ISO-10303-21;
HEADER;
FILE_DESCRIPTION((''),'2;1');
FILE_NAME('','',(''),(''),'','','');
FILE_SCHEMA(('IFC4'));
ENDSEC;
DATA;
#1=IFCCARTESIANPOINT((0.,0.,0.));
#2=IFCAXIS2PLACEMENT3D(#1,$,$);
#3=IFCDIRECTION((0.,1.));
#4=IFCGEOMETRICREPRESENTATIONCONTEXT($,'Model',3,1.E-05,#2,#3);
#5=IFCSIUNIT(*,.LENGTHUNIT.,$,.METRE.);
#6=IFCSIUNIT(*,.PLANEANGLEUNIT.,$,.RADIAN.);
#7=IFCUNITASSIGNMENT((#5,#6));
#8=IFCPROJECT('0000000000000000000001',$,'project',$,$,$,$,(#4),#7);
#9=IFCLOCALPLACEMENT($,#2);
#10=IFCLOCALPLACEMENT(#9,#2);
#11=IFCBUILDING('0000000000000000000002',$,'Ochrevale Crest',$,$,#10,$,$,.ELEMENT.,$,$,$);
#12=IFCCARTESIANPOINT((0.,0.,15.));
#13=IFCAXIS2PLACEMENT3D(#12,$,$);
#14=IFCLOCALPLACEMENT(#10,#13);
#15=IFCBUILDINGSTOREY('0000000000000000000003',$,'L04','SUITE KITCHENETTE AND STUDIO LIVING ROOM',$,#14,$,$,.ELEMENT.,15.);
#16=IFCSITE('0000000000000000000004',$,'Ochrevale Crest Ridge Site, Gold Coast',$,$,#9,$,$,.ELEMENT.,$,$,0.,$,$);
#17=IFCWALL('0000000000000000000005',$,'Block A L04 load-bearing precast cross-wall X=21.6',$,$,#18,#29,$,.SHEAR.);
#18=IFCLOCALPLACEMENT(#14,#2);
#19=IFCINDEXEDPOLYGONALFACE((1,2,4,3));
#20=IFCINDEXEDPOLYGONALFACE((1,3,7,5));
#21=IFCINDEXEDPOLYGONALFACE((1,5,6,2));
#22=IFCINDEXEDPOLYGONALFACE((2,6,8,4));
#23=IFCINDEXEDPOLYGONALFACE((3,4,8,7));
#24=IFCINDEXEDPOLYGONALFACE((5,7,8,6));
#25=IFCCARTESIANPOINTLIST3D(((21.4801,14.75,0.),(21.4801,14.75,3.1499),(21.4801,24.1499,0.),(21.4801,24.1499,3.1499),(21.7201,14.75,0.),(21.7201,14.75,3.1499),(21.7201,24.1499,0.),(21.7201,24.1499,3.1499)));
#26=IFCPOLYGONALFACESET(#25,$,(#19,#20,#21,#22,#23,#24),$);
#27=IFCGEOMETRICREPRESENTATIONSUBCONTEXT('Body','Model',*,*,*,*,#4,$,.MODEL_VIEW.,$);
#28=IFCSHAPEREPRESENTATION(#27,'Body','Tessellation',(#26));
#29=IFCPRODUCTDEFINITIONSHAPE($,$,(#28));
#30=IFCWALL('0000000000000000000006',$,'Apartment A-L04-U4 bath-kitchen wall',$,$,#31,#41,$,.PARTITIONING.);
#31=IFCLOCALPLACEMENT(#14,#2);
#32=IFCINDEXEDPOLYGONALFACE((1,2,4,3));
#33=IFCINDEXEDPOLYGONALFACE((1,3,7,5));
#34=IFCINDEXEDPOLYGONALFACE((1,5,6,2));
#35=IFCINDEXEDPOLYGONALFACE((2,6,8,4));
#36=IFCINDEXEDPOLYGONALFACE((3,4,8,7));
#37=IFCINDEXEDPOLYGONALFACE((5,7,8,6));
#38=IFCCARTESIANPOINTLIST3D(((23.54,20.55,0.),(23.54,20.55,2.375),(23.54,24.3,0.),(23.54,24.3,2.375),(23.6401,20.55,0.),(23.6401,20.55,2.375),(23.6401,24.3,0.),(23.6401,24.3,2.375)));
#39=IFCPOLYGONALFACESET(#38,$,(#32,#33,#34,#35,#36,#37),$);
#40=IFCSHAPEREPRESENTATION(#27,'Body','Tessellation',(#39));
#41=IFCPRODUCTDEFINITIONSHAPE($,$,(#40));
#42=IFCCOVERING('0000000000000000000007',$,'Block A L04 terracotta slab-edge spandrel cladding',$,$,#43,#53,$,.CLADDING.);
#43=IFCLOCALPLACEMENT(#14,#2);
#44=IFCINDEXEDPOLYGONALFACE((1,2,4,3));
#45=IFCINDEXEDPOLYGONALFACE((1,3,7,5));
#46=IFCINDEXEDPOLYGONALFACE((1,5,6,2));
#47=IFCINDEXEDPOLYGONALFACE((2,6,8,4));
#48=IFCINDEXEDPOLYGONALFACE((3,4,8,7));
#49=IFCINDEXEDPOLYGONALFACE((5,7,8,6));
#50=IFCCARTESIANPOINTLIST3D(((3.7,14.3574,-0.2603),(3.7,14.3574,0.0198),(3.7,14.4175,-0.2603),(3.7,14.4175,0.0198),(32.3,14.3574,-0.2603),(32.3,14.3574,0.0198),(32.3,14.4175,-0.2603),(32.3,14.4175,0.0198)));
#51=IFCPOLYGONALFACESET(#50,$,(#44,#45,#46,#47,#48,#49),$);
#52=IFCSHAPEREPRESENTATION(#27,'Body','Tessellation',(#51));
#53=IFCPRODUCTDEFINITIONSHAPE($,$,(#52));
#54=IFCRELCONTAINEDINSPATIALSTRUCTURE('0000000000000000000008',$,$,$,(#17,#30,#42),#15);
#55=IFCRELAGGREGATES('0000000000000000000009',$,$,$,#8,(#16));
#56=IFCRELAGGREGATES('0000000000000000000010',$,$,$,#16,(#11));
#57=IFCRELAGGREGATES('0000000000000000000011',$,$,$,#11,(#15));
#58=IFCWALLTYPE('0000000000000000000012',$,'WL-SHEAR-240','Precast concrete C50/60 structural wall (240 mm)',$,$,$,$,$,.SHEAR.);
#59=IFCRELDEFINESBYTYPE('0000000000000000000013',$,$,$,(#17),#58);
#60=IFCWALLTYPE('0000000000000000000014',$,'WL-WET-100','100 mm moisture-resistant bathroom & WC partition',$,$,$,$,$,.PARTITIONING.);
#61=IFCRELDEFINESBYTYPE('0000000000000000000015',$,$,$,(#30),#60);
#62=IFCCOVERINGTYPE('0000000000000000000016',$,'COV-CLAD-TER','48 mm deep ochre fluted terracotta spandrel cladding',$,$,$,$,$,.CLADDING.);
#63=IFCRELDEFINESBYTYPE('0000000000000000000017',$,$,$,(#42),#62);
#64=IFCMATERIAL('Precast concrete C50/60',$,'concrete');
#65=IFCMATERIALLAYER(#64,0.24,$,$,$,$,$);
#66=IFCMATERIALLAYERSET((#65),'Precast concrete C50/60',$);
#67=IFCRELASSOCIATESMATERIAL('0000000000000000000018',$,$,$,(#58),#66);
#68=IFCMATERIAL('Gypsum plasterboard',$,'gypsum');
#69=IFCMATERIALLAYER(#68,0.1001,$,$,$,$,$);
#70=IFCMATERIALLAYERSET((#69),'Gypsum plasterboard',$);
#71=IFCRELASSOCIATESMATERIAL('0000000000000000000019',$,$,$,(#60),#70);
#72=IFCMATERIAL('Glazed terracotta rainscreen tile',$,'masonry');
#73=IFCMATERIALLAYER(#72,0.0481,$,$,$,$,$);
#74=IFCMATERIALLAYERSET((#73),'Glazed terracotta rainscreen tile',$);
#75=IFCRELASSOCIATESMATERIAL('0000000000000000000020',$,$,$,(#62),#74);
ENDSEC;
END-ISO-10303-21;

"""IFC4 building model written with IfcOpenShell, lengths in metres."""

from ifc_helpers import new_model, si_unit, direction, frame, frame_2d, origin, origin_2d, place, context, subcontext, project, spatial, rectangle, extrude, material, layer, layer_set, type_object, element, save


model = new_model("IFC4")

# Units and contexts
model_context = context("Model", 3, precision=1e-05, world=origin(), true_north=direction((0.0, 1.0)))
body_context = subcontext(model_context, "Body", "Model", "MODEL_VIEW")
ifc_project = project(units=[si_unit("LENGTHUNIT", "METRE"), si_unit("PLANEANGLEUNIT", "RADIAN")], contexts=[model_context])

# Site, building, storey
site_placement = place(None, origin())
site = spatial("IfcSite", under=ifc_project, at=site_placement, Name="Ochrevale Crest Ridge Site, Gold Coast", CompositionType="ELEMENT", RefElevation=0.0)
building_placement = place(site_placement, origin())
building = spatial("IfcBuilding", under=site, at=building_placement, Name="Ochrevale Crest", CompositionType="ELEMENT")
storey_placement = place(building_placement, frame((0.0, 0.0, 15.0)))
storey = spatial("IfcBuildingStorey", under=building, at=storey_placement, Name="L04", Description="SUITE KITCHENETTE AND STUDIO LIVING ROOM", CompositionType="ELEMENT", Elevation=15.0)

# Shared definitions
ifc_material_1 = material(Name="Precast concrete C50/60", Category="concrete")

# Shared definitions
ifc_material_2 = material(Name="Gypsum plasterboard", Category="gypsum")

# Walls
ifc_layer_1 = layer(ifc_material_1, 0.24)
ifc_layer_set_1 = layer_set([ifc_layer_1], Name="Precast concrete C50/60")
wall_type_1 = type_object("IfcWallType", Name="WL-SHEAR-240", Description="Precast concrete C50/60 structural wall (240 mm)", PredefinedType="SHEAR", material=ifc_layer_set_1)
wall_1_placement = place(storey_placement, frame((21.6001, 14.75, 0.0), z_axis=(0.0, 0.0, 1.0), x_axis=(0.0, 1.0, 0.0)))
element("IfcWall", 1, at=wall_1_placement, inside=storey, type_object=wall_type_1, Name="Block A L04 load-bearing precast cross-wall X=21.6", PredefinedType="SHEAR", context=body_context, shape_type="SweptSolid", body=[
    extrude(rectangle(XDim=9.3999, YDim=0.24, at=frame_2d((4.7, 0.0))), origin(), (0.0, 0.0, 1.0), 3.1499),
])
ifc_layer_2 = layer(ifc_material_2, 0.1001)
ifc_layer_set_2 = layer_set([ifc_layer_2], Name="Gypsum plasterboard")
wall_type_2 = type_object("IfcWallType", Name="WL-WET-100", Description="100 mm moisture-resistant bathroom & WC partition", PredefinedType="PARTITIONING", material=ifc_layer_set_2)
wall_2_placement = place(storey_placement, frame((23.5901, 20.55, 0.0), z_axis=(0.0, 0.0, 1.0), x_axis=(0.0, 1.0, 0.0)))
element("IfcWall", 2, at=wall_2_placement, inside=storey, type_object=wall_type_2, Name="Apartment A-L04-U4 bath-kitchen wall", PredefinedType="PARTITIONING", context=body_context, shape_type="SweptSolid", body=[
    extrude(rectangle(XDim=3.75, YDim=0.1001, at=frame_2d((1.875, 0.0))), origin(), (0.0, 0.0, 1.0), 2.375),
])

# Covering
ifc_material_3 = material(Name="Glazed terracotta rainscreen tile", Category="masonry")
ifc_layer_3 = layer(ifc_material_3, 0.0481)
ifc_layer_set_3 = layer_set([ifc_layer_3], Name="Glazed terracotta rainscreen tile")
covering_type = type_object("IfcCoveringType", Name="COV-CLAD-TER", Description="48 mm deep ochre fluted terracotta spandrel cladding", PredefinedType="CLADDING", material=ifc_layer_set_3)
covering_placement = place(storey_placement, frame((18.0, 14.3875, -0.2603), z_axis=(0.0, 0.0, 1.0), x_axis=(1.0, 0.0, 0.0)))
element("IfcCovering", 3, at=covering_placement, inside=storey, type_object=covering_type, Name="Block A L04 terracotta slab-edge spandrel cladding", PredefinedType="CLADDING", context=body_context, shape_type="SweptSolid", body=[
    extrude(rectangle(XDim=28.6001, YDim=0.0601, at=origin_2d()), origin(), (0.0, 0.0, 1.0), 0.28),
])

save(model, "model.ifc")
